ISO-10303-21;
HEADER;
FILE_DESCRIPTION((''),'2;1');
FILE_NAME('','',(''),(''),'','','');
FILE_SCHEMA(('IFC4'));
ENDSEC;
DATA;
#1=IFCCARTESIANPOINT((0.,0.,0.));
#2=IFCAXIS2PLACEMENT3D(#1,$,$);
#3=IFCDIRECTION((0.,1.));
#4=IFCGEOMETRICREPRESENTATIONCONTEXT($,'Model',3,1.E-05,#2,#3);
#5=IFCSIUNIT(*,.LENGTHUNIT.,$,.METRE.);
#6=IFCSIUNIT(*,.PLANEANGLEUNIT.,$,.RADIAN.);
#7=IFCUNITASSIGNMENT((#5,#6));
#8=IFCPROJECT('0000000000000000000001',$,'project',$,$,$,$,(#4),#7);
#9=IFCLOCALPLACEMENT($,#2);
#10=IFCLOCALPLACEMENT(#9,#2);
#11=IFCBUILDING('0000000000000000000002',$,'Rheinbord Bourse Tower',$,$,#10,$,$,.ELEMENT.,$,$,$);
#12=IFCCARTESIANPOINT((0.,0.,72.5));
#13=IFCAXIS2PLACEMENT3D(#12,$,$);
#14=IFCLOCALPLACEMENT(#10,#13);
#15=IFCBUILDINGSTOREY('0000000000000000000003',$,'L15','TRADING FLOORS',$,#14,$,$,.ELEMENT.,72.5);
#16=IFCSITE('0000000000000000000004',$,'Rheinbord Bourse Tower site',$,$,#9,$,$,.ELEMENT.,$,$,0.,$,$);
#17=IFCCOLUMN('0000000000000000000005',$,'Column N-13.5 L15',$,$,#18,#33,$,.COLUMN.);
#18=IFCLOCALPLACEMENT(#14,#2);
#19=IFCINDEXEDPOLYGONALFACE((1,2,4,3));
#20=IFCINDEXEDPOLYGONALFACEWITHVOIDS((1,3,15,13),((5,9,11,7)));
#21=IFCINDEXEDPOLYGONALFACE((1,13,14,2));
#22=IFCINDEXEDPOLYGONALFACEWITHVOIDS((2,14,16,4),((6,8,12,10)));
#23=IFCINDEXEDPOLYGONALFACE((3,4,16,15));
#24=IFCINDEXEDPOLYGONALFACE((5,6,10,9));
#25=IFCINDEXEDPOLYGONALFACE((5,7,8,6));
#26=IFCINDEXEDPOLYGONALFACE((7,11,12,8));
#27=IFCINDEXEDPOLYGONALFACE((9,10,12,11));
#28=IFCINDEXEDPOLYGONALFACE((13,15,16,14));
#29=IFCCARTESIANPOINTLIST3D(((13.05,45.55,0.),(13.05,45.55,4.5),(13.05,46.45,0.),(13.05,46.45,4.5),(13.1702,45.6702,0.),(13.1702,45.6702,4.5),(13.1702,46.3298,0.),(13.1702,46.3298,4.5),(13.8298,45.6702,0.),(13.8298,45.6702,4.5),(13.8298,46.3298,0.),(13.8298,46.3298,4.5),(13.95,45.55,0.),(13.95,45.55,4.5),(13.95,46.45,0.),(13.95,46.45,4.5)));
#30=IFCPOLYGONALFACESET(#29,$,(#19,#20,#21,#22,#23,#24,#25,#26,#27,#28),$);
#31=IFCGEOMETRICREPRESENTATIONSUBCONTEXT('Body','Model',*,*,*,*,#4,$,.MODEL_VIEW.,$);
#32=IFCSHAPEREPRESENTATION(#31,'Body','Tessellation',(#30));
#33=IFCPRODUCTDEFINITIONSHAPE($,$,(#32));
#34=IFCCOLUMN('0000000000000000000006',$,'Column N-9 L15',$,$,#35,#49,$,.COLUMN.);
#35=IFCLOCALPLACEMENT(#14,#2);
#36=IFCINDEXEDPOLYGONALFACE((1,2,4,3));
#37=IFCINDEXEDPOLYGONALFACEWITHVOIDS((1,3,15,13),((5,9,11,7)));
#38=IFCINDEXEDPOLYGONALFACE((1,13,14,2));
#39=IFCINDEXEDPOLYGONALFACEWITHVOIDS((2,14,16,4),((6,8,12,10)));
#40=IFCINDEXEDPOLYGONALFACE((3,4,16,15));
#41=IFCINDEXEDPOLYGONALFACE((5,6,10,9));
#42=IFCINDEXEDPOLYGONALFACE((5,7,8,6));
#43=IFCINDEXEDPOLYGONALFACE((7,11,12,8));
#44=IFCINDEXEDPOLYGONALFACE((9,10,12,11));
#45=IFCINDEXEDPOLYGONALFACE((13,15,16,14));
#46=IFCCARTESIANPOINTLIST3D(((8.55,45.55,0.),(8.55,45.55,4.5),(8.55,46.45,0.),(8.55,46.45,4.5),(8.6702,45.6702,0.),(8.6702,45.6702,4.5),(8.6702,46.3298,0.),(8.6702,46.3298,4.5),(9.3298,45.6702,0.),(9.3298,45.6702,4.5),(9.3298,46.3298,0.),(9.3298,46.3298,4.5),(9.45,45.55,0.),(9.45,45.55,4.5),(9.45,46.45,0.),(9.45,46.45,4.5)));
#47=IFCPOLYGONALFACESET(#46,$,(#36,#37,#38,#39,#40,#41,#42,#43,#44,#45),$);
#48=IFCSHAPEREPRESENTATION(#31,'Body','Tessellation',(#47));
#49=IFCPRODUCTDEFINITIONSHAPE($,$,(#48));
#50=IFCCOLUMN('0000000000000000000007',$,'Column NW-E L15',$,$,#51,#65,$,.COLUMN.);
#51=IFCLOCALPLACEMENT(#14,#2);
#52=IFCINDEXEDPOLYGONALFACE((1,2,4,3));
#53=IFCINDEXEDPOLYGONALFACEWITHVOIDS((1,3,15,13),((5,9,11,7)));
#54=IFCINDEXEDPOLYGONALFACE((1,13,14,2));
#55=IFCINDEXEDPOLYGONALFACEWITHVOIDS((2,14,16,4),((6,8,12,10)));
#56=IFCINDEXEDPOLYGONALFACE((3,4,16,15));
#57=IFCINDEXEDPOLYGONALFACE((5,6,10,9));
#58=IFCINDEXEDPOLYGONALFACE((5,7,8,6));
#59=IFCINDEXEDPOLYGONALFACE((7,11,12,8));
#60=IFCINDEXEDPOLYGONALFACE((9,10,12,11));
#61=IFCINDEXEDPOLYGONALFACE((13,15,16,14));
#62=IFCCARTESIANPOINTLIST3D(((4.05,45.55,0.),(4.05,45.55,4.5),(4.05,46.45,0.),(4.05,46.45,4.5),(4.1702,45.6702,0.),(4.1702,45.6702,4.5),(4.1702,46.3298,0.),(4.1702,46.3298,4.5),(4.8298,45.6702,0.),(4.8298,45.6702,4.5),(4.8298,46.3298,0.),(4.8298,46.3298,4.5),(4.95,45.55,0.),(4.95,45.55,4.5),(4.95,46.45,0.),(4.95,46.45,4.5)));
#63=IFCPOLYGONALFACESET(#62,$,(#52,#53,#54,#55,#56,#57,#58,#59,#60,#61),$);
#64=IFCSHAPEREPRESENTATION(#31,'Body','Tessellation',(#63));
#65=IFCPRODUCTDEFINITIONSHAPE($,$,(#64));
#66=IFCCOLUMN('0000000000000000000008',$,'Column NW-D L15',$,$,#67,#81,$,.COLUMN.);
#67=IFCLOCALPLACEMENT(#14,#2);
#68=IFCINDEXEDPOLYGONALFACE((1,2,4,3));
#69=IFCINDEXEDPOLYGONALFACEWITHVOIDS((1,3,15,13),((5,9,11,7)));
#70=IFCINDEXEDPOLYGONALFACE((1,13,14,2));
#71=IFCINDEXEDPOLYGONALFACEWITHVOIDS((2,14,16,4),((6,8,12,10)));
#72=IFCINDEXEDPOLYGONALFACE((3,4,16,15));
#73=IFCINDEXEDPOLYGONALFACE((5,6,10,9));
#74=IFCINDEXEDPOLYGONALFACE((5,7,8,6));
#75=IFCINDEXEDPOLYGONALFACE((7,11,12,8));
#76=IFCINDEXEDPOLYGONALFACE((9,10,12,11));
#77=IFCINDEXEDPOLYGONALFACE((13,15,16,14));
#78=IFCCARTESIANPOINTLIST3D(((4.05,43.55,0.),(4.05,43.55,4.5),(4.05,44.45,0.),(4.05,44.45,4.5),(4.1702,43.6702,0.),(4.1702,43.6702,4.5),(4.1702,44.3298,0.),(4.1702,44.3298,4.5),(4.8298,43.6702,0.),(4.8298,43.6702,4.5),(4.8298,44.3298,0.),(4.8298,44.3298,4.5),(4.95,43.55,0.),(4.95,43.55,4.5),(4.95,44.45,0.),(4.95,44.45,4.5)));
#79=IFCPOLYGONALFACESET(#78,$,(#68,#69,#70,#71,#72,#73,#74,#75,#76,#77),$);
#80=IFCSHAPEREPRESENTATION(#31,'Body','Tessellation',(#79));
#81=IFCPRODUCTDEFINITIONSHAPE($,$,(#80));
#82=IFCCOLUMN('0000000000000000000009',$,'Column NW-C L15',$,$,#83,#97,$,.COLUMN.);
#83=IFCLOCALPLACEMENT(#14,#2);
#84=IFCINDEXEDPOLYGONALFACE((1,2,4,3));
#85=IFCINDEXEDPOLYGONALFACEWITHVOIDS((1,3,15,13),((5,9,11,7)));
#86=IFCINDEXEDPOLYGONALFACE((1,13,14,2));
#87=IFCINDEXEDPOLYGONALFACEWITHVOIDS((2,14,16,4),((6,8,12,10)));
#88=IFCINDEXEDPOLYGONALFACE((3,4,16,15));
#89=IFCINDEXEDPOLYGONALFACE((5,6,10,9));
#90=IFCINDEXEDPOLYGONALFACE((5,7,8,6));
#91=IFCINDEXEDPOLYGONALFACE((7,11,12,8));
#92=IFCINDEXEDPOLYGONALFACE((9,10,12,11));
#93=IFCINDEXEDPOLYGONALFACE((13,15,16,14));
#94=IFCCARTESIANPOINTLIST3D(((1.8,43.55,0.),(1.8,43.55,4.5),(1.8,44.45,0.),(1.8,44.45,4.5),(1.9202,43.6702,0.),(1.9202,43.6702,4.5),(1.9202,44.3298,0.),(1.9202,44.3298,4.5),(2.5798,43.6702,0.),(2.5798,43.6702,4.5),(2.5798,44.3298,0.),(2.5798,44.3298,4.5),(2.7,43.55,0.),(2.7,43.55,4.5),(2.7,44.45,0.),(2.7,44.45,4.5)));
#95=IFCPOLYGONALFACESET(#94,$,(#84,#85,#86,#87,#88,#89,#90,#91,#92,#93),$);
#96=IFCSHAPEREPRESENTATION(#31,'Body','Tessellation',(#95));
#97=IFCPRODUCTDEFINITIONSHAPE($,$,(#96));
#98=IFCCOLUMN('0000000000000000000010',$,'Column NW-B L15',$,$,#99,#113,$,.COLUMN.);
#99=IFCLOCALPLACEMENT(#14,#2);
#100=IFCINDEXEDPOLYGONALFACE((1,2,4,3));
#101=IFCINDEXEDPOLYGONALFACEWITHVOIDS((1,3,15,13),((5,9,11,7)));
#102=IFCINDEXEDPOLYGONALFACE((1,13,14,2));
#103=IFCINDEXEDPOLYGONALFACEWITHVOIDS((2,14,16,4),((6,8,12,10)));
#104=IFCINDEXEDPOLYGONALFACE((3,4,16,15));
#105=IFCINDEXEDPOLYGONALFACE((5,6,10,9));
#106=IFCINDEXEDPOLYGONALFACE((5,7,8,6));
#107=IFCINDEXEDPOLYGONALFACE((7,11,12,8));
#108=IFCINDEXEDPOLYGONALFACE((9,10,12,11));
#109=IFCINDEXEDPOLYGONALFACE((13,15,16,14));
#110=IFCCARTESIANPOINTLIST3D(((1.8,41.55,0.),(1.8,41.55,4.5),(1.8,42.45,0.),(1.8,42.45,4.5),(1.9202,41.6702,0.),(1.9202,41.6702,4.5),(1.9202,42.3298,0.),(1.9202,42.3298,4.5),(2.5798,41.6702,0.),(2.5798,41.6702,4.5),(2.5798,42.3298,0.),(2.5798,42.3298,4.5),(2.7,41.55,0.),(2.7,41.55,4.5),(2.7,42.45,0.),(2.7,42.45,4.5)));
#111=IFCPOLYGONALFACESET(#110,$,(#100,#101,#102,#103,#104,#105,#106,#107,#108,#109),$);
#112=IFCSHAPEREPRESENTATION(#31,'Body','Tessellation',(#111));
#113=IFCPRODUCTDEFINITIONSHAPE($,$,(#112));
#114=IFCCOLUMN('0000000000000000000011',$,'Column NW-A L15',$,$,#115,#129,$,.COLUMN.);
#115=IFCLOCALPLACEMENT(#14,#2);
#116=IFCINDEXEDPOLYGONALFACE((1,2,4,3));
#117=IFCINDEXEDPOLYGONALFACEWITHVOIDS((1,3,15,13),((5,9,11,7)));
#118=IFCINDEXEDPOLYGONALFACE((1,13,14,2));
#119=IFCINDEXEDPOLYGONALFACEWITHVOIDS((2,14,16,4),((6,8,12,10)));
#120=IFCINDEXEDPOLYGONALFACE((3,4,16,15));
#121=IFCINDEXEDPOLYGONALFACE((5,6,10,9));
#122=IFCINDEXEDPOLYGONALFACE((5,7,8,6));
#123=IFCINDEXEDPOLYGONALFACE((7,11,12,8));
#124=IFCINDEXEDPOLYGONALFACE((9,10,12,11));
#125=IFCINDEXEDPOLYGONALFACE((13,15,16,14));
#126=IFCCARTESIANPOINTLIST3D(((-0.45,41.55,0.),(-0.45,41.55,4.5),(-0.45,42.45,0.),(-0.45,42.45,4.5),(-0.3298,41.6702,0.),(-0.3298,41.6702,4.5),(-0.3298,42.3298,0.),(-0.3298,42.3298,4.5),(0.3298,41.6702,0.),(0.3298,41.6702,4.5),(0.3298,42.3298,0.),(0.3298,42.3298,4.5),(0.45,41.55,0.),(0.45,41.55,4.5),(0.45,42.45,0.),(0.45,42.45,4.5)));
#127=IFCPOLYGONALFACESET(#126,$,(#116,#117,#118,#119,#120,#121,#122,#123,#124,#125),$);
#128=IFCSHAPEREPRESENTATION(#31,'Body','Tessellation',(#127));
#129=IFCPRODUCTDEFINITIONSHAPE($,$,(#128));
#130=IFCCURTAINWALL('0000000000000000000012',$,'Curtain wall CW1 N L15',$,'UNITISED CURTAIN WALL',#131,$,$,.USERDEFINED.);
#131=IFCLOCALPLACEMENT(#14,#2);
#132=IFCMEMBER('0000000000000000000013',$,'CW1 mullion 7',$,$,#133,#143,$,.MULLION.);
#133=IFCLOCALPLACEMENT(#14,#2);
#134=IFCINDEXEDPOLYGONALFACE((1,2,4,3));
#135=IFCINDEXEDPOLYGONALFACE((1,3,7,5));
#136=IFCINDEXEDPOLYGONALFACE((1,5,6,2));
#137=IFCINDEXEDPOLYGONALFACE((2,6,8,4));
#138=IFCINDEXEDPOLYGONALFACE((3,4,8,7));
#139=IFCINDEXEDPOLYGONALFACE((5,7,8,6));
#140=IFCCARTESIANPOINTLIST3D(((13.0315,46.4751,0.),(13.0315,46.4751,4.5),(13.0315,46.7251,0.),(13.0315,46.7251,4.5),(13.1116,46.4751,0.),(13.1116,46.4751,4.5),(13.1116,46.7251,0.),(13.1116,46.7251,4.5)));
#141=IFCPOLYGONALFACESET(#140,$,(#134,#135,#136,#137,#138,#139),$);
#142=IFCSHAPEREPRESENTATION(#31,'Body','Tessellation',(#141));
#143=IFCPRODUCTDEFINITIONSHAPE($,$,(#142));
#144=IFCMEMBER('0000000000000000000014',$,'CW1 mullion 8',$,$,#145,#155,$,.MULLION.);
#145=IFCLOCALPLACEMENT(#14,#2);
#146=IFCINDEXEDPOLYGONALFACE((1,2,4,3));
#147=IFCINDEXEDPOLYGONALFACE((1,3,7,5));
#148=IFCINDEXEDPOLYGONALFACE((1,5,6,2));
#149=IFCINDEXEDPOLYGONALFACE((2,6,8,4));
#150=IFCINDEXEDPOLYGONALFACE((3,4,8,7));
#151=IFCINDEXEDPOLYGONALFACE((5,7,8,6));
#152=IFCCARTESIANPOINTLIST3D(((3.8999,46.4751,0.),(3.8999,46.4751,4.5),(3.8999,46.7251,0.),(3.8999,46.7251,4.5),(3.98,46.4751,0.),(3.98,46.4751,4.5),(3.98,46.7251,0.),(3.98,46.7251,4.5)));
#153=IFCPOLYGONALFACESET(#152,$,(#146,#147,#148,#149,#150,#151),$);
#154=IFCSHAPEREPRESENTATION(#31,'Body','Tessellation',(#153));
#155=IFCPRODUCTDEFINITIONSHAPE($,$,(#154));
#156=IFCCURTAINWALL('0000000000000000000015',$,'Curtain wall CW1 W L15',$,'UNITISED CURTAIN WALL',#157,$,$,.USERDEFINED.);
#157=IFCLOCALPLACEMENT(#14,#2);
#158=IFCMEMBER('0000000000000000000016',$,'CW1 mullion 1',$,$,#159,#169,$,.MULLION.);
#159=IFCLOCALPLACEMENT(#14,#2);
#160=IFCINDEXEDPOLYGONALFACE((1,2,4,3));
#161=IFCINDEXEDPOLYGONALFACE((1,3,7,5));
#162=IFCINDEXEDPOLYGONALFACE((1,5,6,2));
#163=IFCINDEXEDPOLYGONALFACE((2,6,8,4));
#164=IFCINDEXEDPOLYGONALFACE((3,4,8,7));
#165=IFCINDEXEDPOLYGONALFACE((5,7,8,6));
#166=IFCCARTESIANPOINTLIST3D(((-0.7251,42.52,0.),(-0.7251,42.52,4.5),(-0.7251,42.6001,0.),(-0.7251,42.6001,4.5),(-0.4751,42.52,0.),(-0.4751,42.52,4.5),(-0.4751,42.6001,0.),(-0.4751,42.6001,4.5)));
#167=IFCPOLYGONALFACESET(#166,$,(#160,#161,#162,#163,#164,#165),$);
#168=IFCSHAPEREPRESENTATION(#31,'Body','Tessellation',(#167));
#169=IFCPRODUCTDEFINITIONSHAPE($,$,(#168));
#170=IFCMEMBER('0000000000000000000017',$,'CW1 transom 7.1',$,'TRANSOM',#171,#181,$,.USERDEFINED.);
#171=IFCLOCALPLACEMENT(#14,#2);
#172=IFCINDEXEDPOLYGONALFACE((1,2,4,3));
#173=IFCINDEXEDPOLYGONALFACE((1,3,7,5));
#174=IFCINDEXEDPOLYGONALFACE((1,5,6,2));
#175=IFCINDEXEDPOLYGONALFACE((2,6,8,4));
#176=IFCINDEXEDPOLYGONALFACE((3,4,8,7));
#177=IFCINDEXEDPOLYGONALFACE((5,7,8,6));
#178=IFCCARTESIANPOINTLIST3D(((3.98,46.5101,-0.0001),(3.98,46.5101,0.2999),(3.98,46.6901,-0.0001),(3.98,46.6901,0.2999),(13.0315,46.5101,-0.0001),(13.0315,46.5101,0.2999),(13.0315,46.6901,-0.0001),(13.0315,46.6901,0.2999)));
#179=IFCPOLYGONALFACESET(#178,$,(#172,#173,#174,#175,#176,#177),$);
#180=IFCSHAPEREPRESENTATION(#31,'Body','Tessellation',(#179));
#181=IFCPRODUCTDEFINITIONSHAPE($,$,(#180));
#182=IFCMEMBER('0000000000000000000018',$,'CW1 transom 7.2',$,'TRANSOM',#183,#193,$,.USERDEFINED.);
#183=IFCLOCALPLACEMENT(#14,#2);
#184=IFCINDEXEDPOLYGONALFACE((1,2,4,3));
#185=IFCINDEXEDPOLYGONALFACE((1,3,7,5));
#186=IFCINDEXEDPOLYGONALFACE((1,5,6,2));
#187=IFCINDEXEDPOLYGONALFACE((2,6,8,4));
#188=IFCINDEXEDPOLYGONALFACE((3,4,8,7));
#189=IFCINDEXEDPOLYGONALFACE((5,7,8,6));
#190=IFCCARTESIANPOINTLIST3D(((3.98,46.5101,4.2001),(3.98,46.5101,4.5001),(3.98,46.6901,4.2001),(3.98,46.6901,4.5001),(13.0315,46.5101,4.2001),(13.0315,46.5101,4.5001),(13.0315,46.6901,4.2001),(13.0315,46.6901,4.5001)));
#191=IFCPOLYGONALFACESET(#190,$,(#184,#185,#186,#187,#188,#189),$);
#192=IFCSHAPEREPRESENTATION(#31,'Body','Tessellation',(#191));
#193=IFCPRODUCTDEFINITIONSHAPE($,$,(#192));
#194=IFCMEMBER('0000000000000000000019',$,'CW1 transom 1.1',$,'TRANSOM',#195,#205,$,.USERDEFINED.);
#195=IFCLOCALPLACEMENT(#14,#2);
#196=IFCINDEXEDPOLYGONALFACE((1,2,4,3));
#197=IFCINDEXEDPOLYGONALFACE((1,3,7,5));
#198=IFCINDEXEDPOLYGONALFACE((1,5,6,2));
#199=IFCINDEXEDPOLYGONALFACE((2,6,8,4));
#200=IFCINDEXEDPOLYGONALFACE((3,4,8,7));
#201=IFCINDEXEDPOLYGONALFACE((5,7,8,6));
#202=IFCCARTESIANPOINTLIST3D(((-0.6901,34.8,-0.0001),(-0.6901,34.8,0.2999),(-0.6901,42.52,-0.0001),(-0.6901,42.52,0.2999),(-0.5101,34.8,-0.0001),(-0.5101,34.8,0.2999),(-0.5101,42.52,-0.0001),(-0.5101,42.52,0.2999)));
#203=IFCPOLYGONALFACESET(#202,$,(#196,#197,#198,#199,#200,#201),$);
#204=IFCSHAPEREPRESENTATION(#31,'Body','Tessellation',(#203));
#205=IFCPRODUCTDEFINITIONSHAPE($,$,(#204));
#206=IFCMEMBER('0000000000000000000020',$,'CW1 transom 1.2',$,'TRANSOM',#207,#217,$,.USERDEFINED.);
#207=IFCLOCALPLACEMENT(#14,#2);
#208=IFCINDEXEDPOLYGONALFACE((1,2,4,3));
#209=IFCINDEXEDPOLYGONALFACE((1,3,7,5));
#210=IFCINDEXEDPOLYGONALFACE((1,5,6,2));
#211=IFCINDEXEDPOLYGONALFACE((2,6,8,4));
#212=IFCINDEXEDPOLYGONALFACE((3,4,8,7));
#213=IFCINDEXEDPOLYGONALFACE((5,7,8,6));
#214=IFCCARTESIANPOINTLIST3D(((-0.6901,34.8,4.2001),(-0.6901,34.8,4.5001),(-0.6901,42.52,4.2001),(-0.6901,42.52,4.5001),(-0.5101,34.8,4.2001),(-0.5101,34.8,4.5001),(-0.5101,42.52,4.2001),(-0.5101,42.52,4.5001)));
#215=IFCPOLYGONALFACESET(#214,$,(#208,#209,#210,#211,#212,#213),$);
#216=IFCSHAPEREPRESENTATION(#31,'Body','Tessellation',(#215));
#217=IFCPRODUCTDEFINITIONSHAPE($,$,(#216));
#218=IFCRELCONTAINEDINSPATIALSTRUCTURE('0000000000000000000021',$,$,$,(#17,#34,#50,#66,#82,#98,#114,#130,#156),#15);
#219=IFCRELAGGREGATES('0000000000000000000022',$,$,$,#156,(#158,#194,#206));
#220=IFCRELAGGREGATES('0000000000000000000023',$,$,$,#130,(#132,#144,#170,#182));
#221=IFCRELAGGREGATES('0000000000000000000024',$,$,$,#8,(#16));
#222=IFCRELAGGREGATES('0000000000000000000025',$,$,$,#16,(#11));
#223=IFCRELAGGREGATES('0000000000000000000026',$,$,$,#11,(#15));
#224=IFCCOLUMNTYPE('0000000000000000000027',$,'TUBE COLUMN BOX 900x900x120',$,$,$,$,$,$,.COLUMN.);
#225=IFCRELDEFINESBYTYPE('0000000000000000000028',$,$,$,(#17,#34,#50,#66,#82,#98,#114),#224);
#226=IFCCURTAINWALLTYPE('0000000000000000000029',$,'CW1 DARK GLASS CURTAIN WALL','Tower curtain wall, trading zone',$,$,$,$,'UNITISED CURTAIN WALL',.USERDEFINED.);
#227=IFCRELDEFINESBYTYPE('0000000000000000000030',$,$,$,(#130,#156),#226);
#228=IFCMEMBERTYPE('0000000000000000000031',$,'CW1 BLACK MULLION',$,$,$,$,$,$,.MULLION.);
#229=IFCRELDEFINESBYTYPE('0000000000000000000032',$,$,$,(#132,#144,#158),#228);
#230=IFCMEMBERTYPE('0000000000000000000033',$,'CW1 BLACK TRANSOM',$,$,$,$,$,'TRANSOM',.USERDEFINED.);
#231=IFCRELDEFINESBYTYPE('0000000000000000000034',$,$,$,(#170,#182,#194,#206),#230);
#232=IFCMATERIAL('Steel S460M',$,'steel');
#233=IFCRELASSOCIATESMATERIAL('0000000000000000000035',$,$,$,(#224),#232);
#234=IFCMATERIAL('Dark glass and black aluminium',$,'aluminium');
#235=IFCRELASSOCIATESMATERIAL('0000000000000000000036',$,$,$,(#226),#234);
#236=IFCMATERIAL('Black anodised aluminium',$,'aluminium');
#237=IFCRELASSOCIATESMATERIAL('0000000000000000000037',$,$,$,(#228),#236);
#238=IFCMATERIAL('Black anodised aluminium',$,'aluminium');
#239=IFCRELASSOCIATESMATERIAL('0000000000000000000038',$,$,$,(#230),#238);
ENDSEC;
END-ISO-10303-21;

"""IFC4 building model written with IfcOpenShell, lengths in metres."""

from ifc_helpers import new_model, si_unit, direction, frame, origin, origin_2d, place, context, subcontext, project, spatial, rectangle, hollow_rectangle, extrude, material, material_profile, profile_set, type_object, element, aggregate, save


model = new_model("IFC4")

# Units and contexts
model_context = context("Model", 3, precision=1e-05, world=origin(), true_north=direction((0.0, 1.0)))
body_context = subcontext(model_context, "Body", "Model", "MODEL_VIEW")
ifc_project = project(units=[si_unit("LENGTHUNIT", "METRE"), si_unit("PLANEANGLEUNIT", "RADIAN")], contexts=[model_context])

# Site, building, storey
site_placement = place(None, origin())
site = spatial("IfcSite", under=ifc_project, at=site_placement, Name="Rheinbord Bourse Tower site", CompositionType="ELEMENT", RefElevation=0.0)
building_placement = place(site_placement, origin())
building = spatial("IfcBuilding", under=site, at=building_placement, Name="Rheinbord Bourse Tower", CompositionType="ELEMENT")
storey_placement = place(building_placement, frame((0.0, 0.0, 72.5)))
storey = spatial("IfcBuildingStorey", under=building, at=storey_placement, Name="L15", Description="TRADING FLOORS", CompositionType="ELEMENT", Elevation=72.5)

# Columns
ifc_material_1 = material(Name="Steel S460M", Category="steel")
ifc_material_profile_1 = material_profile(ifc_material_1, hollow_rectangle(XDim=0.8999, YDim=0.8999, WallThickness=0.1201, at=origin_2d()), Name="BOX 900x900x120")
ifc_profile_set_1 = profile_set([ifc_material_profile_1], Name="Steel S460M")
column_type = type_object("IfcColumnType", Name="TUBE COLUMN BOX 900x900x120", PredefinedType="COLUMN", material=ifc_profile_set_1)
for number, where, z_axis, x_axis, name in (
    (1, (13.5, 46.0, 0.0), (0.0, 0.0, 1.0), (0.0, 1.0, 0.0), "Column N-13.5 L15"),
    (2, (9.0, 46.0, 0.0), (0.0, 0.0, 1.0), (0.0, 1.0, 0.0), "Column N-9 L15"),
    (3, (4.5, 46.0, 0.0), (0.0, 0.0, 1.0), (0.0, 1.0, 0.0), "Column NW-E L15"),
    (4, (4.5, 44.0, 0.0), (0.0, 0.0, 1.0), (0.0, 1.0, 0.0), "Column NW-D L15"),
    (5, (2.25, 44.0, 0.0), (0.0, 0.0, 1.0), (1.0, 0.0, 0.0), "Column NW-C L15"),
    (6, (2.25, 42.0, 0.0), (0.0, 0.0, 1.0), (1.0, 0.0, 0.0), "Column NW-B L15"),
    (7, (0.0, 42.0, 0.0), (0.0, 0.0, 1.0), (1.0, 0.0, 0.0), "Column NW-A L15"),
):
    element("IfcColumn", number, at=place(storey_placement, frame(where, z_axis=z_axis, x_axis=x_axis)), inside=storey, type_object=column_type, Name=name, PredefinedType="COLUMN", context=body_context, shape_type="SweptSolid", body=[
        extrude(hollow_rectangle(XDim=0.8999, YDim=0.8999, WallThickness=0.1201, at=origin_2d()), origin(), (0.0, 0.0, 1.0), 4.5),
    ])

# Curtain wall, members
ifc_material_2 = material(Name="Dark glass and black aluminium", Category="aluminium")
curtain_wall_type = type_object("IfcCurtainWallType", Name="CW1 DARK GLASS CURTAIN WALL", Description="Tower curtain wall, trading zone", ElementType="UNITISED CURTAIN WALL", PredefinedType="USERDEFINED", material=ifc_material_2)
curtain_wall_1_placement = place(storey_placement, origin())
curtain_wall_1 = element("IfcCurtainWall", 8, at=curtain_wall_1_placement, inside=storey, type_object=curtain_wall_type, Name="Curtain wall CW1 N L15", ObjectType="UNITISED CURTAIN WALL", PredefinedType="USERDEFINED")
ifc_material_3 = material(Name="Black anodised aluminium", Category="aluminium")
ifc_material_profile_2 = material_profile(ifc_material_3, rectangle(XDim=0.25, YDim=0.0801, at=origin_2d()), Name="CW1 MULLION 80x250")
ifc_profile_set_2 = profile_set([ifc_material_profile_2], Name="Black anodised aluminium")
member_type_1 = type_object("IfcMemberType", Name="CW1 BLACK MULLION", PredefinedType="MULLION", material=ifc_profile_set_2)
member_1_placement = place(storey_placement, frame((13.0715, 46.6001, 0.0), z_axis=(0.0, 0.0, 1.0), x_axis=(0.0, -1.0, 0.0)))
member_1 = element("IfcMember", 9, at=member_1_placement, type_object=member_type_1, Name="CW1 mullion 7", PredefinedType="MULLION", context=body_context, shape_type="SweptSolid", body=[
    extrude(rectangle(XDim=0.25, YDim=0.0801, at=origin_2d()), origin(), (0.0, 0.0, 1.0), 4.5),
])
member_2_placement = place(storey_placement, frame((3.9399, 46.6001, 0.0), z_axis=(0.0, 0.0, 1.0), x_axis=(0.0, -1.0, 0.0)))
member_2 = element("IfcMember", 10, at=member_2_placement, type_object=member_type_1, Name="CW1 mullion 8", PredefinedType="MULLION", context=body_context, shape_type="SweptSolid", body=[
    extrude(rectangle(XDim=0.25, YDim=0.0801, at=origin_2d()), origin(), (0.0, 0.0, 1.0), 4.5),
])

# Curtain wall, member
curtain_wall_2_placement = place(storey_placement, origin())
curtain_wall_2 = element("IfcCurtainWall", 11, at=curtain_wall_2_placement, inside=storey, type_object=curtain_wall_type, Name="Curtain wall CW1 W L15", ObjectType="UNITISED CURTAIN WALL", PredefinedType="USERDEFINED")
member_3_placement = place(storey_placement, frame((-0.6001, 42.5601, 0.0), z_axis=(0.0, 0.0, 1.0), x_axis=(1.0, 0.0, 0.0)))
member_3 = element("IfcMember", 12, at=member_3_placement, type_object=member_type_1, Name="CW1 mullion 1", PredefinedType="MULLION", context=body_context, shape_type="SweptSolid", body=[
    extrude(rectangle(XDim=0.25, YDim=0.0801, at=origin_2d()), origin(), (0.0, 0.0, 1.0), 4.5),
])

# Members
ifc_material_4 = material(Name="Black anodised aluminium", Category="aluminium")
ifc_material_profile_3 = material_profile(ifc_material_4, rectangle(XDim=0.1799, YDim=0.3, at=origin_2d()), Name="CW1 TRANSOM 300x180")
ifc_profile_set_3 = profile_set([ifc_material_profile_3], Name="Black anodised aluminium")
member_type_2 = type_object("IfcMemberType", Name="CW1 BLACK TRANSOM", ElementType="TRANSOM", PredefinedType="USERDEFINED", material=ifc_profile_set_3)
member_4_placement = place(storey_placement, frame((13.0315, 46.6001, 0.1499), z_axis=(-1.0, 0.0, 0.0), x_axis=(0.0, -1.0, 0.0)))
member_4 = element("IfcMember", 13, at=member_4_placement, type_object=member_type_2, Name="CW1 transom 7.1", ObjectType="TRANSOM", PredefinedType="USERDEFINED", context=body_context, shape_type="SweptSolid", body=[
    extrude(rectangle(XDim=0.1799, YDim=0.3, at=origin_2d()), origin(), (0.0, 0.0, 1.0), 9.0515),
])
member_5_placement = place(storey_placement, frame((13.0315, 46.6001, 4.3501), z_axis=(-1.0, 0.0, 0.0), x_axis=(0.0, -1.0, 0.0)))
member_5 = element("IfcMember", 14, at=member_5_placement, type_object=member_type_2, Name="CW1 transom 7.2", ObjectType="TRANSOM", PredefinedType="USERDEFINED", context=body_context, shape_type="SweptSolid", body=[
    extrude(rectangle(XDim=0.1799, YDim=0.3, at=origin_2d()), origin(), (0.0, 0.0, 1.0), 9.0515),
])
member_6_placement = place(storey_placement, frame((-0.6001, 42.52, 0.1499), z_axis=(0.0, -1.0, 0.0), x_axis=(1.0, 0.0, 0.0)))
member_6 = element("IfcMember", 15, at=member_6_placement, type_object=member_type_2, Name="CW1 transom 1.1", ObjectType="TRANSOM", PredefinedType="USERDEFINED", context=body_context, shape_type="SweptSolid", body=[
    extrude(rectangle(XDim=0.1799, YDim=0.3, at=origin_2d()), origin(), (0.0, 0.0, 1.0), 7.72),
])
member_7_placement = place(storey_placement, frame((-0.6001, 42.52, 4.3501), z_axis=(0.0, -1.0, 0.0), x_axis=(1.0, 0.0, 0.0)))
member_7 = element("IfcMember", 16, at=member_7_placement, type_object=member_type_2, Name="CW1 transom 1.2", ObjectType="TRANSOM", PredefinedType="USERDEFINED", context=body_context, shape_type="SweptSolid", body=[
    extrude(rectangle(XDim=0.1799, YDim=0.3, at=origin_2d()), origin(), (0.0, 0.0, 1.0), 7.72),
])
aggregate(curtain_wall_2, [member_3, member_6, member_7])

aggregate(curtain_wall_1, [member_1, member_2, member_4, member_5])

save(model, "model.ifc")
